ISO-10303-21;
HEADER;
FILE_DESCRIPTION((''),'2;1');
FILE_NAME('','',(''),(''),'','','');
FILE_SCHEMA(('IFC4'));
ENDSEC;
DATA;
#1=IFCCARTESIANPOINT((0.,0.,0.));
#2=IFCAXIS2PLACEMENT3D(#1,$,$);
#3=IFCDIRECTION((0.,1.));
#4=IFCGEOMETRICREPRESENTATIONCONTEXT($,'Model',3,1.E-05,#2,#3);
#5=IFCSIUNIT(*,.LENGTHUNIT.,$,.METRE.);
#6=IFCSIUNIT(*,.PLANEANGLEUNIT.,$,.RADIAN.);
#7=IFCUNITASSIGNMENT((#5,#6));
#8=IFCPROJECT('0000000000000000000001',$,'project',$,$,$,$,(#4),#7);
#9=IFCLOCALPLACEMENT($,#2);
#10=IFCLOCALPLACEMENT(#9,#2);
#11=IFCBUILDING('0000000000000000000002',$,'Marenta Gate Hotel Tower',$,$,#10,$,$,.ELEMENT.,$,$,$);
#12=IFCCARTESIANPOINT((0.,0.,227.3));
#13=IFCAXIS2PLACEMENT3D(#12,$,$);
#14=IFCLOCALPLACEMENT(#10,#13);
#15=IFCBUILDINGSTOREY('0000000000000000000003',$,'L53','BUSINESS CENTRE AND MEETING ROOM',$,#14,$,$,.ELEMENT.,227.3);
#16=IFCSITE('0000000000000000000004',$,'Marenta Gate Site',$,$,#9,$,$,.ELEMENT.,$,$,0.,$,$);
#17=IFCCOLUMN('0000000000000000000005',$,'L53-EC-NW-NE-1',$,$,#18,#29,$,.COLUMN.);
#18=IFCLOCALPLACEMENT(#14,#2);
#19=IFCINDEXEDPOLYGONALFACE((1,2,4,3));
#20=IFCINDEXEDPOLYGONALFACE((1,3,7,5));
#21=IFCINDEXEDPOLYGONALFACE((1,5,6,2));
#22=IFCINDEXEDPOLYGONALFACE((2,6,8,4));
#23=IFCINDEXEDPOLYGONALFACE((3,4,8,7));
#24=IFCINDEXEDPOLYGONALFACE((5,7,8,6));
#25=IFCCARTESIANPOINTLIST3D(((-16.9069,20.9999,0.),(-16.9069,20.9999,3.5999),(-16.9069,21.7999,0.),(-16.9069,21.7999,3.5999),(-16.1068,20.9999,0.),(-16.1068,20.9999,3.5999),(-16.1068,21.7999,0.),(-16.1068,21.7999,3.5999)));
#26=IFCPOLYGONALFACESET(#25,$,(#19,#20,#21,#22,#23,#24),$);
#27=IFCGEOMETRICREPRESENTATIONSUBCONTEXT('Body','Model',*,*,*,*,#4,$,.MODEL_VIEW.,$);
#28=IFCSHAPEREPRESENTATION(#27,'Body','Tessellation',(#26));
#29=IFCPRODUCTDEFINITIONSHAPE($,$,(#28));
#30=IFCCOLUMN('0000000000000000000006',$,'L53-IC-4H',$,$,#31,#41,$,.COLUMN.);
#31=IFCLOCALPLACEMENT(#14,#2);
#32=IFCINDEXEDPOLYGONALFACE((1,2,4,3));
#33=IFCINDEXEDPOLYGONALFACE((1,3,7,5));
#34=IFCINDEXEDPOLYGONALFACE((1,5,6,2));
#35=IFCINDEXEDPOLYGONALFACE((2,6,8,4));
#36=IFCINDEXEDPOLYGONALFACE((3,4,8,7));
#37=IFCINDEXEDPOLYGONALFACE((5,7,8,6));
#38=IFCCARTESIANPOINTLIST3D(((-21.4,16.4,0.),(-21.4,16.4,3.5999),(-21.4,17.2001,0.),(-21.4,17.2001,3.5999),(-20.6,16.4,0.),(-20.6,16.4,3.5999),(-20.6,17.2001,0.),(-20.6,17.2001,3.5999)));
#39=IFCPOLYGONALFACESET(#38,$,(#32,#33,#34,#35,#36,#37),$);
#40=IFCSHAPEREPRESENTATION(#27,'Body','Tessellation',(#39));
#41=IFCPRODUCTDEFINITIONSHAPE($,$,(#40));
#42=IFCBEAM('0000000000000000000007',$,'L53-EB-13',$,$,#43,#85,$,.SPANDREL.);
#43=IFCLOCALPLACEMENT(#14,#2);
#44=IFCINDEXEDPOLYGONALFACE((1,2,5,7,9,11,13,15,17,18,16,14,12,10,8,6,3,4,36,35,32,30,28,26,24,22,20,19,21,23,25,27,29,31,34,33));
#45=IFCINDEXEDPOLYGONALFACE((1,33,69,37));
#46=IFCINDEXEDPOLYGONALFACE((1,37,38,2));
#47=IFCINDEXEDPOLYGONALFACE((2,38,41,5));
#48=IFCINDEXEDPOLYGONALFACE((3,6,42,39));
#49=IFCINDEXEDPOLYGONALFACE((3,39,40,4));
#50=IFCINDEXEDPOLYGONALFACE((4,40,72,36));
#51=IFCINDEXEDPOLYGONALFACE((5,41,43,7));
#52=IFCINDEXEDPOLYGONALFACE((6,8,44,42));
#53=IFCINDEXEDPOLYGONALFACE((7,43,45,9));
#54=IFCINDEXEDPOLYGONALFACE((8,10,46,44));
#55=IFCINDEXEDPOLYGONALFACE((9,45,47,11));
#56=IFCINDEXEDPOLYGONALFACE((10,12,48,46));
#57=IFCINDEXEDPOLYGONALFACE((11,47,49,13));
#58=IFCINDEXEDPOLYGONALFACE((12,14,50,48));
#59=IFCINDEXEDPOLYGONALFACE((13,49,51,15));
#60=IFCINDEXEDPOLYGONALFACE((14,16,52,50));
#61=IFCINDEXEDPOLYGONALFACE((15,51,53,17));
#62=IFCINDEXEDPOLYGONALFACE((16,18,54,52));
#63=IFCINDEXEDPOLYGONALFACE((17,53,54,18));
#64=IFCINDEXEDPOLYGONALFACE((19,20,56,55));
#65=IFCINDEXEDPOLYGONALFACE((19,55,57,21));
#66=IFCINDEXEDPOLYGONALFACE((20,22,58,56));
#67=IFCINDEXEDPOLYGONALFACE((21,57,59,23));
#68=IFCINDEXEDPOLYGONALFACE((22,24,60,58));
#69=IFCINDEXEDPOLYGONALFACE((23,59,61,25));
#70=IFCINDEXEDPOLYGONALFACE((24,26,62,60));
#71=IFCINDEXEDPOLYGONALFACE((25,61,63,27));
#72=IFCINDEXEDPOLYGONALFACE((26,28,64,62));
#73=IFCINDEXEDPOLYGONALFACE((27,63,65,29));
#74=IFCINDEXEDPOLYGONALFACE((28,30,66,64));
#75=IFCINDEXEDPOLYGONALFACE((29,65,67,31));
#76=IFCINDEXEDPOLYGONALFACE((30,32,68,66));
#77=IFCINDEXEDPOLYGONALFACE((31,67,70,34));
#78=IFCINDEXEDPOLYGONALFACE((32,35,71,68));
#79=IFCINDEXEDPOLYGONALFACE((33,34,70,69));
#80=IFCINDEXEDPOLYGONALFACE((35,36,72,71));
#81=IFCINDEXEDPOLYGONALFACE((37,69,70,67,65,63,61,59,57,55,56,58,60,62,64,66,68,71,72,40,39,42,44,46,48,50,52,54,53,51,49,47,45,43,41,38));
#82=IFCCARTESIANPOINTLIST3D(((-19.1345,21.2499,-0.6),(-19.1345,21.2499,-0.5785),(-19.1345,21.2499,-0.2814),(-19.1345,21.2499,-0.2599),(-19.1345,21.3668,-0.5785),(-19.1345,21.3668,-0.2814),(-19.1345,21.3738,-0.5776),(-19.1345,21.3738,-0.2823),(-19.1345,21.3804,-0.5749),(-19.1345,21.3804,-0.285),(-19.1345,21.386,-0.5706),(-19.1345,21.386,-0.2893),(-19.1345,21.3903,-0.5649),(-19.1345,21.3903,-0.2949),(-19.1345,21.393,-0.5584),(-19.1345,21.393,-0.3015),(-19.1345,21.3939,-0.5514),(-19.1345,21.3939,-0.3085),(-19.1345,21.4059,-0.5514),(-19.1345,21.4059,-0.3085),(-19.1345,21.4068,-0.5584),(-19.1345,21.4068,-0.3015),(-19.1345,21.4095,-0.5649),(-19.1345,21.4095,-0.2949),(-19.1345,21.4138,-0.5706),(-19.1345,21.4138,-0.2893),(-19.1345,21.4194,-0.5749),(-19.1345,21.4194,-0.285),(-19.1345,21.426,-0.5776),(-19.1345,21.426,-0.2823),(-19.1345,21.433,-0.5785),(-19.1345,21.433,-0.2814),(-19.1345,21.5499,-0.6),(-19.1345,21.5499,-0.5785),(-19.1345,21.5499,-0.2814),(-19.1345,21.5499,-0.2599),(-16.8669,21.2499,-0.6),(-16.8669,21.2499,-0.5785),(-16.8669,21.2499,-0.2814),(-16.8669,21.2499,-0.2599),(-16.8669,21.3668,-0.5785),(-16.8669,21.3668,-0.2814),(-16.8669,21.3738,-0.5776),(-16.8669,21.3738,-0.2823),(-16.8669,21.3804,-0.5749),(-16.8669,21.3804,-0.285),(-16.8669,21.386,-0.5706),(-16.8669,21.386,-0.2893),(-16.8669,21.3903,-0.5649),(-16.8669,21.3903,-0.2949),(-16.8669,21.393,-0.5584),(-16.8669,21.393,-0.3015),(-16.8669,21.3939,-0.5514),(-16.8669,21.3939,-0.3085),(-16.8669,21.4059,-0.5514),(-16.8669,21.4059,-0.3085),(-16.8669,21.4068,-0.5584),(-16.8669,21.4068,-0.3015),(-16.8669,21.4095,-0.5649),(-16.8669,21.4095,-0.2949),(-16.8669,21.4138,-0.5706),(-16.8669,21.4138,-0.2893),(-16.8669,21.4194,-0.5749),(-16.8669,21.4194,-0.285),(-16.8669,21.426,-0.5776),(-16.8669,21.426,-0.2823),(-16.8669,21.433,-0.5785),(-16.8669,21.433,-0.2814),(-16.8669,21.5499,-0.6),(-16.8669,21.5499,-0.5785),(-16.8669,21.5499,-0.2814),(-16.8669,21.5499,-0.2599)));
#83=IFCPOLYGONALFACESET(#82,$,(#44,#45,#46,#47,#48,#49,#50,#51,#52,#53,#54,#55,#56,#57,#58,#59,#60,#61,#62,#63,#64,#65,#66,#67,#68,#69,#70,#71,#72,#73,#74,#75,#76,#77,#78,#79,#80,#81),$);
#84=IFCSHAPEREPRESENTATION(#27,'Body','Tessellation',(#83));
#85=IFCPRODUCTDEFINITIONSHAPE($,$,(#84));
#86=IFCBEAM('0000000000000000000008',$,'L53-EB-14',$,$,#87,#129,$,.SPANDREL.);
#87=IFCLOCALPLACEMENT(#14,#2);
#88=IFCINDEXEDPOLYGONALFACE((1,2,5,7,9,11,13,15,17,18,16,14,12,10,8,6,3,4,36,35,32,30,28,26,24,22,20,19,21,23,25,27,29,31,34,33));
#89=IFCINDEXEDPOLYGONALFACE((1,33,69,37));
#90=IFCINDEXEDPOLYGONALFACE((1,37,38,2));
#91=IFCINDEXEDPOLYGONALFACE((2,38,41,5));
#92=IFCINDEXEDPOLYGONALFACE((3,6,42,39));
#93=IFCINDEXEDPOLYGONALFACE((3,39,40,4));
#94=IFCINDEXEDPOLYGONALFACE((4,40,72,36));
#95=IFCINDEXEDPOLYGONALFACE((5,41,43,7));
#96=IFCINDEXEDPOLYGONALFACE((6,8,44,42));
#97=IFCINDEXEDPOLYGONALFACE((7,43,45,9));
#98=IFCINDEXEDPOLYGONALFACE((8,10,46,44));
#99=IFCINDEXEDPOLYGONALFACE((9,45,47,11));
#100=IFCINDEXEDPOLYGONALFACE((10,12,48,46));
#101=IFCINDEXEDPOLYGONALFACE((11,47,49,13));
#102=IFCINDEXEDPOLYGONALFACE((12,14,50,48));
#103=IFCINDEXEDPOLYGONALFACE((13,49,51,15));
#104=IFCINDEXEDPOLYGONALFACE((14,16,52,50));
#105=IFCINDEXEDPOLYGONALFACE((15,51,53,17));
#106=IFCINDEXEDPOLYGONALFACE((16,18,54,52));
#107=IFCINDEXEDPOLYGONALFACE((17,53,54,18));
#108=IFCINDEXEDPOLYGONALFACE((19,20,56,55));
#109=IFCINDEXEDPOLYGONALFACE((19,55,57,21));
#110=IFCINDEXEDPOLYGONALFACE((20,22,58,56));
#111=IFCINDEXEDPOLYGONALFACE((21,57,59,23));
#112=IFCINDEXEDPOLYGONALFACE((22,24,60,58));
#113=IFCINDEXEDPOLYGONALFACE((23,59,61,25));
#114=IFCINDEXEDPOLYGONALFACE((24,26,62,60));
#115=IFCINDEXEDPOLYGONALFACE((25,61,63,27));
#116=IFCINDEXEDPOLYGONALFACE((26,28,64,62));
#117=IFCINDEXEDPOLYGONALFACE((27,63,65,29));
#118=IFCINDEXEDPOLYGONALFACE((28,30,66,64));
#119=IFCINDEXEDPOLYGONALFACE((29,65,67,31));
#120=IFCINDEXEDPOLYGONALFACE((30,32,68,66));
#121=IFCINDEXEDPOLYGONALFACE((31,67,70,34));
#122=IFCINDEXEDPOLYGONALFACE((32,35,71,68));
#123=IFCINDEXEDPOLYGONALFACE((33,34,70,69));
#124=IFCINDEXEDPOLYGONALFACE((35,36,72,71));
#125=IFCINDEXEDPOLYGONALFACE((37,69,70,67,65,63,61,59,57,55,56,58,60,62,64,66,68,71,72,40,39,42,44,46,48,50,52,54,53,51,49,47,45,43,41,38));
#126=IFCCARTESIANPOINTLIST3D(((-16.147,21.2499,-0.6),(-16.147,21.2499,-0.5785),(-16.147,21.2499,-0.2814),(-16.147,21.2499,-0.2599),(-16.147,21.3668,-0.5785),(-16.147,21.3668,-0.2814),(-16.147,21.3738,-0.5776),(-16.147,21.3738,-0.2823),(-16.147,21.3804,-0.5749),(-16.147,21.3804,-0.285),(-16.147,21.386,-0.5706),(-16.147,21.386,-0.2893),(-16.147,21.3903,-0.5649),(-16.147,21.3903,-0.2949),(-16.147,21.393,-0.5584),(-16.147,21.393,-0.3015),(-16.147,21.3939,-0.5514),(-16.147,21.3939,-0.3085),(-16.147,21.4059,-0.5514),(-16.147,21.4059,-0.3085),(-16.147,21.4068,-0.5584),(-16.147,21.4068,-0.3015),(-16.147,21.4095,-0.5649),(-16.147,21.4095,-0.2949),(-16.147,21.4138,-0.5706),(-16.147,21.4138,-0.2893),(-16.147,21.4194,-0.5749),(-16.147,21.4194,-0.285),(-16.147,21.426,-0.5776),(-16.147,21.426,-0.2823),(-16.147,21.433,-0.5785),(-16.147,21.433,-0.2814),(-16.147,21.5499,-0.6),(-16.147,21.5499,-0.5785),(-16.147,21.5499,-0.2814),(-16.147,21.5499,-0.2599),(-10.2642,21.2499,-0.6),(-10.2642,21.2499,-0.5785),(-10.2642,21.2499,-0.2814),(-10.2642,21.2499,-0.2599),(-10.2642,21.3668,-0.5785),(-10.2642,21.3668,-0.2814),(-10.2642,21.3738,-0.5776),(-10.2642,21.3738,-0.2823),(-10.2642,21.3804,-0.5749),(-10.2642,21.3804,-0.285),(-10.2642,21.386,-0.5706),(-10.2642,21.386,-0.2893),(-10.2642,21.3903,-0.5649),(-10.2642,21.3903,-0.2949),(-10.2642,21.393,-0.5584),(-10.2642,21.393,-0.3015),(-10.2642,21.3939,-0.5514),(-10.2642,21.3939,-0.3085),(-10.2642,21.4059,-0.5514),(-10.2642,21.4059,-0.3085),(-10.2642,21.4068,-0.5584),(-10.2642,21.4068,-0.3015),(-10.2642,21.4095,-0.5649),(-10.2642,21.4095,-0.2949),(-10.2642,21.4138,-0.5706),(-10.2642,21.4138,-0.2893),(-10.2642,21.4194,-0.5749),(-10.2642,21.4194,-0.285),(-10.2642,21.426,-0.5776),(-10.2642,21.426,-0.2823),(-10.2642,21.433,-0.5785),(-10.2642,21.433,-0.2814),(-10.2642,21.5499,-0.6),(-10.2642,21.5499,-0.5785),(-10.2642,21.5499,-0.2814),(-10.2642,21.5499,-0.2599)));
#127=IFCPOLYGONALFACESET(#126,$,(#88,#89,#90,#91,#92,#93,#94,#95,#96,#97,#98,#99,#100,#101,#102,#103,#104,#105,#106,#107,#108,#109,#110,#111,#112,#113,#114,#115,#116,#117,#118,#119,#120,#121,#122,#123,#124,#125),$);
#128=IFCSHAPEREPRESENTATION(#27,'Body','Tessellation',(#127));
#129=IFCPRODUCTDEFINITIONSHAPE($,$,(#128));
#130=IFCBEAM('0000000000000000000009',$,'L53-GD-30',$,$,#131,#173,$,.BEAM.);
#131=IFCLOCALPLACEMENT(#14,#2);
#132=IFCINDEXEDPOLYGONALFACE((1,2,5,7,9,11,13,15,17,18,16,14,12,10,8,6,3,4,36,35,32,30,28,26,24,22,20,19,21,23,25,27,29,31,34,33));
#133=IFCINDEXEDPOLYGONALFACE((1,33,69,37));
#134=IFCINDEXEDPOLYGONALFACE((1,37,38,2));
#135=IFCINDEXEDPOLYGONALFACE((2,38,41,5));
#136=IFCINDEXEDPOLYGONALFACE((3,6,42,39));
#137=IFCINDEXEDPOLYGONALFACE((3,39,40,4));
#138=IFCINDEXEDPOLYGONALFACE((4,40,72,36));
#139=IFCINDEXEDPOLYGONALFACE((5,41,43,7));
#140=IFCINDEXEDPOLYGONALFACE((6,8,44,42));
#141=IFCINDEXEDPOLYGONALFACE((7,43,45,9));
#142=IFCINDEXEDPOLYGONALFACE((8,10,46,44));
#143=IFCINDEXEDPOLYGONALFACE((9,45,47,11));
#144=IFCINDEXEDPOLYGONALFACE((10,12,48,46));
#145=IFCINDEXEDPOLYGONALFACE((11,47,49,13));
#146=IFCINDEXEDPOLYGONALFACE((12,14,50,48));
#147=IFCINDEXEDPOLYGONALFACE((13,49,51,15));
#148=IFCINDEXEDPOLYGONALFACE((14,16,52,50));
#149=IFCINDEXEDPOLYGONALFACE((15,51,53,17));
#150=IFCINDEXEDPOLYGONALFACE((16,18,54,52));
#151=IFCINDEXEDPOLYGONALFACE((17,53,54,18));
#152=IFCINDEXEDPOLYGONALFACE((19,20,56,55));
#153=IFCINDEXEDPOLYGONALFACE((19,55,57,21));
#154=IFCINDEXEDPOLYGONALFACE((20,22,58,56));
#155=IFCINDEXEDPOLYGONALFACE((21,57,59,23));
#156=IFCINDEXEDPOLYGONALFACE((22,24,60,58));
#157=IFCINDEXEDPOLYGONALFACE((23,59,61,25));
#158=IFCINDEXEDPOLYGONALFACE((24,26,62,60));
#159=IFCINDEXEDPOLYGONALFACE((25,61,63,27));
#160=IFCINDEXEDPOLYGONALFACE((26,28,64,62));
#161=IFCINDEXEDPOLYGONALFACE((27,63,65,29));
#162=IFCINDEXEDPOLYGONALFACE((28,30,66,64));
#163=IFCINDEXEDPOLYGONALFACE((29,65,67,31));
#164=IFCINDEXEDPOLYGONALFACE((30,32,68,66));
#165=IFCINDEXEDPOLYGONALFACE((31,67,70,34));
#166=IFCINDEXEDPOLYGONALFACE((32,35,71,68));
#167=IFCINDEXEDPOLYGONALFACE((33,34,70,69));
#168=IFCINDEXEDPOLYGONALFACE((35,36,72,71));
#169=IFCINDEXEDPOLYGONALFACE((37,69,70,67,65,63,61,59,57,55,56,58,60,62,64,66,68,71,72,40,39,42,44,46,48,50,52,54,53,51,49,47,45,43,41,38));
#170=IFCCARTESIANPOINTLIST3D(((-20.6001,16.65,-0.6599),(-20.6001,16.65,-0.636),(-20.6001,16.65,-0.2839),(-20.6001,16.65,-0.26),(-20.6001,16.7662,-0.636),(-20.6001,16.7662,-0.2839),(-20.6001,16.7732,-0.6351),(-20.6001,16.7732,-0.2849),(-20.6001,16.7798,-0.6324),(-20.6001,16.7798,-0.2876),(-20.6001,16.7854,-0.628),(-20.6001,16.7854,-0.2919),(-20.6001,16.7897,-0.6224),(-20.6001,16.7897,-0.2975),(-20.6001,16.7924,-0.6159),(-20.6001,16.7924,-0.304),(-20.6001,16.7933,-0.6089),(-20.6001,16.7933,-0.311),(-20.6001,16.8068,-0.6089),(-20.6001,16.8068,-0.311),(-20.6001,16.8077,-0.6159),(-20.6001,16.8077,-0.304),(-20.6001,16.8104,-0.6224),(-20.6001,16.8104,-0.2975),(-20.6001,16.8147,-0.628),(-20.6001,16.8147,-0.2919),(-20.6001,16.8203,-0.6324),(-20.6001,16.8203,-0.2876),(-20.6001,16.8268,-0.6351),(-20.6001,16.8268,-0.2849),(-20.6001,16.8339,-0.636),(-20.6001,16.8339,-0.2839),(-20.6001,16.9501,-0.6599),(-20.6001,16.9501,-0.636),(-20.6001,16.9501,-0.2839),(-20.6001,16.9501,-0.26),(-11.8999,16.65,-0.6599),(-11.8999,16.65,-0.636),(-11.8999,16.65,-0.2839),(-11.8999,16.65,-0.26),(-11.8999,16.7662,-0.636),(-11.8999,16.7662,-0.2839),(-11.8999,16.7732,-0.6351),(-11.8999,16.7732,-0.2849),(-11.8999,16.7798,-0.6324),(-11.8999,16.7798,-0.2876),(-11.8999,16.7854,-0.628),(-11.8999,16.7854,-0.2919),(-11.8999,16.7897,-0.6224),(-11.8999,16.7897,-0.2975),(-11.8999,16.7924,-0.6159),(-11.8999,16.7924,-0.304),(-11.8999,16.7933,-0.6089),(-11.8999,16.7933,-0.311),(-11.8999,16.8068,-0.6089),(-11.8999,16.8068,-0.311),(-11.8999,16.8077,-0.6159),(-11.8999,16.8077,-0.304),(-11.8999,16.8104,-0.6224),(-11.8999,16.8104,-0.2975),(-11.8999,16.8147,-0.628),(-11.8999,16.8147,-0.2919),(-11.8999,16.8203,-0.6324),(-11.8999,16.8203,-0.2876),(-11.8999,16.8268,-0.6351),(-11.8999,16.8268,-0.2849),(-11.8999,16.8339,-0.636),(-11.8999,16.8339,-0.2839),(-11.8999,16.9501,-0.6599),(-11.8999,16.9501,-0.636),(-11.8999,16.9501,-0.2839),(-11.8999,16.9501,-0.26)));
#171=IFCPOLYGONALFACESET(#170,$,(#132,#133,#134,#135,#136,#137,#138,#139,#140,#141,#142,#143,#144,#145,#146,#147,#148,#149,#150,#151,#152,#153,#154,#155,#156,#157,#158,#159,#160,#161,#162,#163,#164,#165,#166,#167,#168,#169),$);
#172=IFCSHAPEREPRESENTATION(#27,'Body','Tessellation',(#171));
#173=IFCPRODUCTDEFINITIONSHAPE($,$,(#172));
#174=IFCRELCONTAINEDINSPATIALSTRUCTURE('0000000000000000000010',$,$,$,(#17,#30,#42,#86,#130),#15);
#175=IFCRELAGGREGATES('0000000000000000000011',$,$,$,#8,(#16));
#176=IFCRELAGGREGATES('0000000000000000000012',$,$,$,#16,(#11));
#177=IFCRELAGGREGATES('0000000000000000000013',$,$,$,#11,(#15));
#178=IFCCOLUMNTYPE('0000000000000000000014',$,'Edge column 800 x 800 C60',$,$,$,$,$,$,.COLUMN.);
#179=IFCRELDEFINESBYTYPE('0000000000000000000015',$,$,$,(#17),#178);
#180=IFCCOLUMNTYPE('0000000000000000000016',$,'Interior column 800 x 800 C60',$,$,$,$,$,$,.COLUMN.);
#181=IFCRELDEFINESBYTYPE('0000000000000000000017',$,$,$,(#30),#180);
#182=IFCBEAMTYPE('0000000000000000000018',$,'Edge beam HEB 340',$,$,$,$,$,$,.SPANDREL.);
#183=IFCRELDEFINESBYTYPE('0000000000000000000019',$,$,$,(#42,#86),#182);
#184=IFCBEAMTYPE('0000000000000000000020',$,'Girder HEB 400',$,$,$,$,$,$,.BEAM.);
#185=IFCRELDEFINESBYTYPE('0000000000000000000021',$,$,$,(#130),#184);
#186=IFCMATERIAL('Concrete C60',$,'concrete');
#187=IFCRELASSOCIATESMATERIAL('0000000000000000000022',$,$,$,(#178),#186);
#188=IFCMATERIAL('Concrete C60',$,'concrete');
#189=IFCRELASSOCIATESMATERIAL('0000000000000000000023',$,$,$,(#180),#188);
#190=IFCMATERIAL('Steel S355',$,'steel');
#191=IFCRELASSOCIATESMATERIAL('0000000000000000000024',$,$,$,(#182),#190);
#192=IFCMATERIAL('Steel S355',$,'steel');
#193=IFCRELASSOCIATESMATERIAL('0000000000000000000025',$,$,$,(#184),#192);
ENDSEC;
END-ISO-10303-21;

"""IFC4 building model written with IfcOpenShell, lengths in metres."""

from ifc_helpers import new_model, si_unit, direction, frame, origin, origin_2d, place, context, subcontext, project, spatial, rectangle, i_section, extrude, material, material_profile, profile_set, type_object, element, save


model = new_model("IFC4")

# Units and contexts
model_context = context("Model", 3, precision=1e-05, world=origin(), true_north=direction((0.0, 1.0)))
body_context = subcontext(model_context, "Body", "Model", "MODEL_VIEW")
ifc_project = project(units=[si_unit("LENGTHUNIT", "METRE"), si_unit("PLANEANGLEUNIT", "RADIAN")], contexts=[model_context])

# Site, building, storey
site_placement = place(None, origin())
site = spatial("IfcSite", under=ifc_project, at=site_placement, Name="Marenta Gate Site", CompositionType="ELEMENT", RefElevation=0.0)
building_placement = place(site_placement, origin())
building = spatial("IfcBuilding", under=site, at=building_placement, Name="Marenta Gate Hotel Tower", CompositionType="ELEMENT")
storey_placement = place(building_placement, frame((0.0, 0.0, 227.3)))
storey = spatial("IfcBuildingStorey", under=building, at=storey_placement, Name="L53", Description="BUSINESS CENTRE AND MEETING ROOM", CompositionType="ELEMENT", Elevation=227.3)

# Columns
ifc_material_1 = material(Name="Concrete C60", Category="concrete")
ifc_material_profile_1 = material_profile(ifc_material_1, rectangle(XDim=0.8, YDim=0.8, at=origin_2d()), Name="800 x 800")
ifc_profile_set_1 = profile_set([ifc_material_profile_1], Name="Concrete C60")
column_type_1 = type_object("IfcColumnType", Name="Edge column 800 x 800 C60", PredefinedType="COLUMN", material=ifc_profile_set_1)
column_1_placement = place(storey_placement, frame((-16.5068, 21.3999, 0.0), z_axis=(0.0, 0.0, 1.0), x_axis=(1.0, 0.0, 0.0)))
element("IfcColumn", 1, at=column_1_placement, inside=storey, type_object=column_type_1, Name="L53-EC-NW-NE-1", PredefinedType="COLUMN", context=body_context, shape_type="SweptSolid", body=[
    extrude(rectangle(XDim=0.8, YDim=0.8, at=origin_2d()), origin(), (0.0, 0.0, 1.0), 3.5999),
])
ifc_material_2 = material(Name="Concrete C60", Category="concrete")
ifc_material_profile_2 = material_profile(ifc_material_2, rectangle(XDim=0.8, YDim=0.8, at=origin_2d()), Name="800 x 800")
ifc_profile_set_2 = profile_set([ifc_material_profile_2], Name="Concrete C60")
column_type_2 = type_object("IfcColumnType", Name="Interior column 800 x 800 C60", PredefinedType="COLUMN", material=ifc_profile_set_2)
column_2_placement = place(storey_placement, frame((-21.0, 16.8, 0.0), z_axis=(0.0, 0.0, 1.0), x_axis=(1.0, 0.0, 0.0)))
element("IfcColumn", 2, at=column_2_placement, inside=storey, type_object=column_type_2, Name="L53-IC-4H", PredefinedType="COLUMN", context=body_context, shape_type="SweptSolid", body=[
    extrude(rectangle(XDim=0.8, YDim=0.8, at=origin_2d()), origin(), (0.0, 0.0, 1.0), 3.5999),
])

# Beams
ifc_material_3 = material(Name="Steel S355", Category="steel")
ifc_material_profile_3 = material_profile(ifc_material_3, i_section(OverallWidth=0.3, OverallDepth=0.3401, WebThickness=0.012, FlangeThickness=0.0215, FilletRadius=0.0271, at=origin_2d()), Name="HEB 340")
ifc_profile_set_3 = profile_set([ifc_material_profile_3], Name="Steel S355")
beam_type_1 = type_object("IfcBeamType", Name="Edge beam HEB 340", PredefinedType="SPANDREL", material=ifc_profile_set_3)
beam_1_placement = place(storey_placement, frame((-19.1345, 21.3999, -0.4299), z_axis=(1.0, 0.0, 0.0), x_axis=(0.0, 1.0, 0.0)))
element("IfcBeam", 3, at=beam_1_placement, inside=storey, type_object=beam_type_1, Name="L53-EB-13", PredefinedType="SPANDREL", context=body_context, shape_type="SweptSolid", body=[
    extrude(i_section(OverallWidth=0.3, OverallDepth=0.3401, WebThickness=0.012, FlangeThickness=0.0215, FilletRadius=0.0271, at=origin_2d()), origin(), (0.0, 0.0, 1.0), 2.2676),
])
beam_2_placement = place(storey_placement, frame((-16.147, 21.3999, -0.4299), z_axis=(1.0, 0.0, 0.0), x_axis=(0.0, 1.0, 0.0)))
element("IfcBeam", 4, at=beam_2_placement, inside=storey, type_object=beam_type_1, Name="L53-EB-14", PredefinedType="SPANDREL", context=body_context, shape_type="SweptSolid", body=[
    extrude(i_section(OverallWidth=0.3, OverallDepth=0.3401, WebThickness=0.012, FlangeThickness=0.0215, FilletRadius=0.0271, at=origin_2d()), origin(), (0.0, 0.0, 1.0), 5.8828),
])
ifc_material_4 = material(Name="Steel S355", Category="steel")
ifc_material_profile_4 = material_profile(ifc_material_4, i_section(OverallWidth=0.3, OverallDepth=0.3999, WebThickness=0.0134, FlangeThickness=0.0239, FilletRadius=0.0271, at=origin_2d()), Name="HEB 400")
ifc_profile_set_4 = profile_set([ifc_material_profile_4], Name="Steel S355")
beam_type_2 = type_object("IfcBeamType", Name="Girder HEB 400", PredefinedType="BEAM", material=ifc_profile_set_4)
beam_3_placement = place(storey_placement, frame((-20.6001, 16.8, -0.46), z_axis=(1.0, 0.0, 0.0), x_axis=(0.0, 1.0, 0.0)))
element("IfcBeam", 5, at=beam_3_placement, inside=storey, type_object=beam_type_2, Name="L53-GD-30", PredefinedType="BEAM", context=body_context, shape_type="SweptSolid", body=[
    extrude(i_section(OverallWidth=0.3, OverallDepth=0.3999, WebThickness=0.0134, FlangeThickness=0.0239, FilletRadius=0.0271, at=origin_2d()), origin(), (0.0, 0.0, 1.0), 8.7002),
])

save(model, "model.ifc")
